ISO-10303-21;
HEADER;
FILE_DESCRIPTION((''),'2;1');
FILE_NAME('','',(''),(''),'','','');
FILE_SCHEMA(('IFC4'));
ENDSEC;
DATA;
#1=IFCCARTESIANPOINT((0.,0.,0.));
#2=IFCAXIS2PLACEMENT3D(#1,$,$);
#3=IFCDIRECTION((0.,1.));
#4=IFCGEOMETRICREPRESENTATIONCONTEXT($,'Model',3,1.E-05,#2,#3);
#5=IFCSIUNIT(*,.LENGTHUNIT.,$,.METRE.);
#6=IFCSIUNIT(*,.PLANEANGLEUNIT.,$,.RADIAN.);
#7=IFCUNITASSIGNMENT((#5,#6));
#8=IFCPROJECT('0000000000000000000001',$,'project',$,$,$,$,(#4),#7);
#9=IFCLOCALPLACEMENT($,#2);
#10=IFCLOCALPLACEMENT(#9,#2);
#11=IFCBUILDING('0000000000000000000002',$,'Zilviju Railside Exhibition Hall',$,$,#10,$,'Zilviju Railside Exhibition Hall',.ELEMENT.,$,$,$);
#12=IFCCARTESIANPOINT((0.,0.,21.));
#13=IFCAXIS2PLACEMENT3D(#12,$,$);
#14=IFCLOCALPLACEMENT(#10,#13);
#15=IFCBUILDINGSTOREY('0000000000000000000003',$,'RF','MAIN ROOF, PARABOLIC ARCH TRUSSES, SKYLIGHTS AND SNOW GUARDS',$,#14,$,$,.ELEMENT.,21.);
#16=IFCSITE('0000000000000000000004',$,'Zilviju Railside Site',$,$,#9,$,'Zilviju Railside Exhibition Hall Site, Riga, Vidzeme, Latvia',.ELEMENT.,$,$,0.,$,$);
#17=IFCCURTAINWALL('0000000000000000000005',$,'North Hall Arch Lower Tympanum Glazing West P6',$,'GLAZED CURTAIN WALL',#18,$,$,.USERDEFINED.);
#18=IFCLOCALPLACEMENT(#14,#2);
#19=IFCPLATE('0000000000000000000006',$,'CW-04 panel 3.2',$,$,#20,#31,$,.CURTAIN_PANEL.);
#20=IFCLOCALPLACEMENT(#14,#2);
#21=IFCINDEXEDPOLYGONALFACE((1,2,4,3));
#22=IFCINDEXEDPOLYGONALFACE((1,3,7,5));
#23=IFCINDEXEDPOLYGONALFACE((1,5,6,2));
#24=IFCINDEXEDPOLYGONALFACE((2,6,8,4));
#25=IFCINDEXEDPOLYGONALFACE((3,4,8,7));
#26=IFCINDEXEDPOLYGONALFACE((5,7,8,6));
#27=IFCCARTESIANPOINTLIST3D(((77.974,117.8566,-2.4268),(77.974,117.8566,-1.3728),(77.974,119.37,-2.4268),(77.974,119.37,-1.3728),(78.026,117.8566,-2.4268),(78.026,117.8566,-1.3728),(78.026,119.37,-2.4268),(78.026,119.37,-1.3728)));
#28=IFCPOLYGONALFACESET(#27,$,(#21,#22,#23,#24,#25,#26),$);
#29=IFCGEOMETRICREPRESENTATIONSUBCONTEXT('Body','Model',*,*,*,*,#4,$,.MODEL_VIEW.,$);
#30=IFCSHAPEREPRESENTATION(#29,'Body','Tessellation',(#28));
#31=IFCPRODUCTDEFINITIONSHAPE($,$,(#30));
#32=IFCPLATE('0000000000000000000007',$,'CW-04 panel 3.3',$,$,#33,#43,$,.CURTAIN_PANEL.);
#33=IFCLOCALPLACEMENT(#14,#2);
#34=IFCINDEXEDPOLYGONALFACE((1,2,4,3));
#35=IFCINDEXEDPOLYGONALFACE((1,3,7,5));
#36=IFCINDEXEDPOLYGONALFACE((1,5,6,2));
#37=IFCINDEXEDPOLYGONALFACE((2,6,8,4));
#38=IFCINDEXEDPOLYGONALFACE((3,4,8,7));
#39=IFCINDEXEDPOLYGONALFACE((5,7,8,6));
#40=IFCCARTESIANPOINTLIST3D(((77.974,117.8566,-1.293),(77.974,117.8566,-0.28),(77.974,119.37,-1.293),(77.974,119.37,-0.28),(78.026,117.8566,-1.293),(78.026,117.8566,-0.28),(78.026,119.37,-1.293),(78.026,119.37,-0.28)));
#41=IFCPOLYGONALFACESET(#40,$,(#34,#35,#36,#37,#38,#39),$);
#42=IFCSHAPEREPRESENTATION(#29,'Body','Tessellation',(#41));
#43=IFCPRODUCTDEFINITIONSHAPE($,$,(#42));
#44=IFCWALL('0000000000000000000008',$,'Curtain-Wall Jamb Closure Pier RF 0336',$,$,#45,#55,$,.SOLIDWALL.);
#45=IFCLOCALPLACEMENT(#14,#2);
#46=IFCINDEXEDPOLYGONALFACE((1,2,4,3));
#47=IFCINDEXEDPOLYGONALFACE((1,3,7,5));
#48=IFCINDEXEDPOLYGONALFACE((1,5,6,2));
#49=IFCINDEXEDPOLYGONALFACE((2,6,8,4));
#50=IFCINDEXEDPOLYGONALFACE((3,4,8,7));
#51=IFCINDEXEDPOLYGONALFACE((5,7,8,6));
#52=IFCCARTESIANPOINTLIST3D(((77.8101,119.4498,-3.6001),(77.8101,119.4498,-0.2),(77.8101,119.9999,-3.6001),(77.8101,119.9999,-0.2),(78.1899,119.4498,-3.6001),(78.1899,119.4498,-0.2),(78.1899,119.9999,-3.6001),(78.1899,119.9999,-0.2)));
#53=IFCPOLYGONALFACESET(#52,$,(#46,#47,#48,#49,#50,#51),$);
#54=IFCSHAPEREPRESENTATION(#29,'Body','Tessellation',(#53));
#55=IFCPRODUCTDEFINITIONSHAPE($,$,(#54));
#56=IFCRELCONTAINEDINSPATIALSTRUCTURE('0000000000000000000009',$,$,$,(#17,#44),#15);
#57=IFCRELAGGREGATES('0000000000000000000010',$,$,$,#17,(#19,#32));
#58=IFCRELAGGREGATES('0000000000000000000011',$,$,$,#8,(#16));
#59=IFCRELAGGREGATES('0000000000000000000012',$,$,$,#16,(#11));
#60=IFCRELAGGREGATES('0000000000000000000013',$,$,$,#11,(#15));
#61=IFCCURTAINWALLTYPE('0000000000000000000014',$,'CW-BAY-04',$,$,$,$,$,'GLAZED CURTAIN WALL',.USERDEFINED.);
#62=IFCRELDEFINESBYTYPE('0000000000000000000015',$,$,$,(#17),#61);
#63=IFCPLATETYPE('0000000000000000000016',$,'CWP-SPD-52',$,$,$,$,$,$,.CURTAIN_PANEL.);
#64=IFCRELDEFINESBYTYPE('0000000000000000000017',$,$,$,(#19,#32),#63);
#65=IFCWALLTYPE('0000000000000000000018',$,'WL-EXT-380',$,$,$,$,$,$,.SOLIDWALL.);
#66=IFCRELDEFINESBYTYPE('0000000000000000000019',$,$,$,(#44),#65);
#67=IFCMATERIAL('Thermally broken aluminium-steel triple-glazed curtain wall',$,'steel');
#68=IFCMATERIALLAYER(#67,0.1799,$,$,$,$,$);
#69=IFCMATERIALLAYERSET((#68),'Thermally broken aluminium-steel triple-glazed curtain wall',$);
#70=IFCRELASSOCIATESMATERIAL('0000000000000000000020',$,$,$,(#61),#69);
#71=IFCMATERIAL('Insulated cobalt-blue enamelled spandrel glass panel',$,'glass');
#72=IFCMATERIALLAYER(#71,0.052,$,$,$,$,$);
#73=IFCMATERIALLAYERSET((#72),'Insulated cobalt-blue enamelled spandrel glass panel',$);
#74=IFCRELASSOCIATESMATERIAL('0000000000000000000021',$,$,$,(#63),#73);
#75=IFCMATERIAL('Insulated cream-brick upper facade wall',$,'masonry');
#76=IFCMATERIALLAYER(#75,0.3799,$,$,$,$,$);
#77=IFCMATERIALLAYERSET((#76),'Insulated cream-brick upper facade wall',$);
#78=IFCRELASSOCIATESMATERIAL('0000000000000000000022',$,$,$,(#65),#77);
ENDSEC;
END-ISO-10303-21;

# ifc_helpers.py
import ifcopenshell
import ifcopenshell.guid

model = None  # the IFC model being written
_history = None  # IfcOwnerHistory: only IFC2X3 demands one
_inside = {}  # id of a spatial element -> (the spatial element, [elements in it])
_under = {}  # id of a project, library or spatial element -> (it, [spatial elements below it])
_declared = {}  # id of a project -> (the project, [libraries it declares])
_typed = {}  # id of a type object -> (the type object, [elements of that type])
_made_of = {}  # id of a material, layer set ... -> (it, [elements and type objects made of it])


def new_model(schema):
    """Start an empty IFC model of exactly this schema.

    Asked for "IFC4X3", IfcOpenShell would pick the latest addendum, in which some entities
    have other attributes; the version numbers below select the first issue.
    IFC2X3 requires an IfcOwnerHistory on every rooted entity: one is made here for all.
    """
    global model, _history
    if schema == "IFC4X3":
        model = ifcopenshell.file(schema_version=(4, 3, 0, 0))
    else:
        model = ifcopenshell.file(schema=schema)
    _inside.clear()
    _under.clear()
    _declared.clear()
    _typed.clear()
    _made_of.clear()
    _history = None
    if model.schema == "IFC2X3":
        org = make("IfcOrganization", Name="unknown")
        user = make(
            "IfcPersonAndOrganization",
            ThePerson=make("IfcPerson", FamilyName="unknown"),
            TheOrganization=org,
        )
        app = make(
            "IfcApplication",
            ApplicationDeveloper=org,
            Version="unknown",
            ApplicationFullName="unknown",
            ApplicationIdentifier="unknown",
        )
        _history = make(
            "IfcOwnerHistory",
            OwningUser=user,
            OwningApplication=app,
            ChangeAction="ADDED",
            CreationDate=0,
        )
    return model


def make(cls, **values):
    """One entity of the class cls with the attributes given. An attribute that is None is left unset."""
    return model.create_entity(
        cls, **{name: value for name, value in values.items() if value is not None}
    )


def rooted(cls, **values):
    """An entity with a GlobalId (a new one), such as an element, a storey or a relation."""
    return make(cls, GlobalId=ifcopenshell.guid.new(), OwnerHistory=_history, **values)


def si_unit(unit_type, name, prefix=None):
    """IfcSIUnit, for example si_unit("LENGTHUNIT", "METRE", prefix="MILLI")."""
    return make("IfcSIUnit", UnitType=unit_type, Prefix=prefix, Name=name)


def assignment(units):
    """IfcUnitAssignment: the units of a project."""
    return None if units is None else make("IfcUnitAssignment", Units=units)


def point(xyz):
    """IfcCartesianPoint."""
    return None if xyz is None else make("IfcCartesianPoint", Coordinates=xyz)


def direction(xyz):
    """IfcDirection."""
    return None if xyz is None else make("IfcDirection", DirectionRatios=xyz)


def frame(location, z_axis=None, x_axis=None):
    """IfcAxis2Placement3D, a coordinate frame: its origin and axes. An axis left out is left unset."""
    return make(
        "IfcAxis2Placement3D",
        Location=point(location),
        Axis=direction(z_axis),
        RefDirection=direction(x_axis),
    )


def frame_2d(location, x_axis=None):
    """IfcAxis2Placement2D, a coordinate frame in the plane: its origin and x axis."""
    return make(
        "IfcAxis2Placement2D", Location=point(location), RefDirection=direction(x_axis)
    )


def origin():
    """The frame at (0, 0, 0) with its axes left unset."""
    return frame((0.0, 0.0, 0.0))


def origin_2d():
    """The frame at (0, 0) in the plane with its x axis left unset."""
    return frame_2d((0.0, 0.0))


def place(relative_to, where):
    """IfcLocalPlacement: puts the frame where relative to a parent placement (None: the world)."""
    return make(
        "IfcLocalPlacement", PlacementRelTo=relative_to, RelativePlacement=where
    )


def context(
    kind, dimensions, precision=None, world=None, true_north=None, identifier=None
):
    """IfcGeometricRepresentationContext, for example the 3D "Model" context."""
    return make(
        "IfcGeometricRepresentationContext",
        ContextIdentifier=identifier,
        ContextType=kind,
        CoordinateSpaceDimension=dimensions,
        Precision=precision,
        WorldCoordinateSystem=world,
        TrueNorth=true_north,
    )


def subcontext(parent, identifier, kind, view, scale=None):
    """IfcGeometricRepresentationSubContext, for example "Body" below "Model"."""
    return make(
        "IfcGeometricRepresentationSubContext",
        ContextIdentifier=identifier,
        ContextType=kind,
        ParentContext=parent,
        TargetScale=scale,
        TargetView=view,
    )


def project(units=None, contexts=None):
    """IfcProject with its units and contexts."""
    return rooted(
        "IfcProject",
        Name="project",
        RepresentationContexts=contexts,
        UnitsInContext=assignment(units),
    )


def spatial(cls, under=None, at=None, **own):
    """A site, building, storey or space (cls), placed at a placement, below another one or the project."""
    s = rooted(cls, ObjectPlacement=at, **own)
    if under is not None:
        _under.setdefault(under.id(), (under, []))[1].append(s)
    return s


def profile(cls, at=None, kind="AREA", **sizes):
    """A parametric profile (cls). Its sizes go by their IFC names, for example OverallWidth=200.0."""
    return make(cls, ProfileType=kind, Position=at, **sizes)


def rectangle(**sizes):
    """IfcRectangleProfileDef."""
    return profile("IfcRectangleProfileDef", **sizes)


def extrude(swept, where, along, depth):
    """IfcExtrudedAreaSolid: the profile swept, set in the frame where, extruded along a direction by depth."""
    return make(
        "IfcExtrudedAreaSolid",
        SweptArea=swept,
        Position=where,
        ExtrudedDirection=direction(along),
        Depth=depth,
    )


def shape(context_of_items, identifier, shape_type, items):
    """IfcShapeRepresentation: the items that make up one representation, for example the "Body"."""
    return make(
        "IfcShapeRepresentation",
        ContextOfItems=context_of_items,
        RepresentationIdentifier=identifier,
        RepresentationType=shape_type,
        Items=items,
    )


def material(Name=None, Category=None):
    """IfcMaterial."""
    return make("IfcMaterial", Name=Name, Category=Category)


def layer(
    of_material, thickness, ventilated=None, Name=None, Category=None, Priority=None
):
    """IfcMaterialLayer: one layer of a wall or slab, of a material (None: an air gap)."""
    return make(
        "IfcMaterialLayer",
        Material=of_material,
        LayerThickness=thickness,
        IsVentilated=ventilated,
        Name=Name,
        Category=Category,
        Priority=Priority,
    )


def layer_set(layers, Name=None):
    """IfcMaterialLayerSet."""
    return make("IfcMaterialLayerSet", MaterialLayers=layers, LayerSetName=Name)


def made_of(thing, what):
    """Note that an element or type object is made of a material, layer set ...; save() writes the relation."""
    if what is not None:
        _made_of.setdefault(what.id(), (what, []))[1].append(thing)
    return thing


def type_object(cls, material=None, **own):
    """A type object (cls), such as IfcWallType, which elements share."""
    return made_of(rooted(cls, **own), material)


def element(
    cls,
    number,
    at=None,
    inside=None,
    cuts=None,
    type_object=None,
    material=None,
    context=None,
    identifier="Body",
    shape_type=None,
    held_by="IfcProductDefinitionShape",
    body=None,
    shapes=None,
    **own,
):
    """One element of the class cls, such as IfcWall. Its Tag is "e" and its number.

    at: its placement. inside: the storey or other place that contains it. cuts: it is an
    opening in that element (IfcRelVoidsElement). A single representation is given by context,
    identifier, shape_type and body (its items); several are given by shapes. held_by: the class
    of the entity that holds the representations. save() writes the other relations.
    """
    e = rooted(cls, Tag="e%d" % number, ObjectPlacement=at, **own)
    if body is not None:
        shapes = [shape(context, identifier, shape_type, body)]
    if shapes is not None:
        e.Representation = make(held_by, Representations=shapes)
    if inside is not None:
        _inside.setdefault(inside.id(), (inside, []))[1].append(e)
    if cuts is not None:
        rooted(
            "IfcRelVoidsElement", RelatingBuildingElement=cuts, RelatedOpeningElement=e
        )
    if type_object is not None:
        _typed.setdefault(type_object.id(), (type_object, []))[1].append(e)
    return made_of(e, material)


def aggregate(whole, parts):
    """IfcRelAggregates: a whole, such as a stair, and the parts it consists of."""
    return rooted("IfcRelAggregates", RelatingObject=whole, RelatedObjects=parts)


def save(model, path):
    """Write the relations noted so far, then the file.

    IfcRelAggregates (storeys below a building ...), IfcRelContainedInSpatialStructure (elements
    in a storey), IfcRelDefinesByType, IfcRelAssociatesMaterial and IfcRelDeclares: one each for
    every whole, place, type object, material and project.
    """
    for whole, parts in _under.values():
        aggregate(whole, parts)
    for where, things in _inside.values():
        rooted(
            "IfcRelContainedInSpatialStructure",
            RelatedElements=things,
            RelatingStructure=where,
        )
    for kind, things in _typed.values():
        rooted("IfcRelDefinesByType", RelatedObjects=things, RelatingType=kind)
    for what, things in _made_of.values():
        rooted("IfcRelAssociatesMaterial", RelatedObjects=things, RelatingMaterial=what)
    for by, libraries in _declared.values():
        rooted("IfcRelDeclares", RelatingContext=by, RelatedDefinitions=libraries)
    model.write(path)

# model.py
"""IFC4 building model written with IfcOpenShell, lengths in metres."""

from ifc_helpers import new_model, si_unit, direction, frame, frame_2d, origin, origin_2d, place, context, subcontext, project, spatial, rectangle, extrude, material, layer, layer_set, type_object, element, aggregate, save


model = new_model("IFC4")

# Units and contexts
model_context = context("Model", 3, precision=1e-05, world=origin(), true_north=direction((0.0, 1.0)))
body_context = subcontext(model_context, "Body", "Model", "MODEL_VIEW")
ifc_project = project(units=[si_unit("LENGTHUNIT", "METRE"), si_unit("PLANEANGLEUNIT", "RADIAN")], contexts=[model_context])

# Site, building, storey
site_placement = place(None, origin())
site = spatial("IfcSite", under=ifc_project, at=site_placement, Name="Zilviju Railside Site", LongName="Zilviju Railside Exhibition Hall Site, Riga, Vidzeme, Latvia", CompositionType="ELEMENT", RefElevation=0.0)
building_placement = place(site_placement, origin())
building = spatial("IfcBuilding", under=site, at=building_placement, Name="Zilviju Railside Exhibition Hall", LongName="Zilviju Railside Exhibition Hall", CompositionType="ELEMENT")
storey_placement = place(building_placement, frame((0.0, 0.0, 21.0)))
storey = spatial("IfcBuildingStorey", under=building, at=storey_placement, Name="RF", Description="MAIN ROOF, PARABOLIC ARCH TRUSSES, SKYLIGHTS AND SNOW GUARDS", CompositionType="ELEMENT", Elevation=21.0)

# Curtain wall
ifc_material_1 = material(Name="Thermally broken aluminium-steel triple-glazed curtain wall", Category="steel")
ifc_layer_1 = layer(ifc_material_1, 0.1799)
ifc_layer_set_1 = layer_set([ifc_layer_1], Name="Thermally broken aluminium-steel triple-glazed curtain wall")
curtain_wall_type = type_object("IfcCurtainWallType", Name="CW-BAY-04", ElementType="GLAZED CURTAIN WALL", PredefinedType="USERDEFINED", material=ifc_layer_set_1)
curtain_wall_placement = place(storey_placement, origin())
curtain_wall = element("IfcCurtainWall", 1, at=curtain_wall_placement, inside=storey, type_object=curtain_wall_type, Name="North Hall Arch Lower Tympanum Glazing West P6", ObjectType="GLAZED CURTAIN WALL", PredefinedType="USERDEFINED")

# Plates
ifc_material_2 = material(Name="Insulated cobalt-blue enamelled spandrel glass panel", Category="glass")
ifc_layer_2 = layer(ifc_material_2, 0.052)
ifc_layer_set_2 = layer_set([ifc_layer_2], Name="Insulated cobalt-blue enamelled spandrel glass panel")
plate_type = type_object("IfcPlateType", Name="CWP-SPD-52", PredefinedType="CURTAIN_PANEL", material=ifc_layer_set_2)
plate_1_placement = place(storey_placement, frame((78.0, 118.6133, -2.4268), z_axis=(0.0, 0.0, 1.0), x_axis=(0.0, 1.0, 0.0)))
plate_1 = element("IfcPlate", 2, at=plate_1_placement, type_object=plate_type, Name="CW-04 panel 3.2", PredefinedType="CURTAIN_PANEL", context=body_context, shape_type="SweptSolid", body=[
    extrude(rectangle(XDim=1.5134, YDim=0.052, at=origin_2d()), origin(), (0.0, 0.0, 1.0), 1.054),
])
plate_2_placement = place(storey_placement, frame((78.0, 118.6133, -1.293), z_axis=(0.0, 0.0, 1.0), x_axis=(0.0, 1.0, 0.0)))
plate_2 = element("IfcPlate", 3, at=plate_2_placement, type_object=plate_type, Name="CW-04 panel 3.3", PredefinedType="CURTAIN_PANEL", context=body_context, shape_type="SweptSolid", body=[
    extrude(rectangle(XDim=1.5134, YDim=0.052, at=origin_2d()), origin(), (0.0, 0.0, 1.0), 1.0129),
])
aggregate(curtain_wall, [plate_1, plate_2])

# Wall
ifc_material_3 = material(Name="Insulated cream-brick upper facade wall", Category="masonry")
ifc_layer_3 = layer(ifc_material_3, 0.3799)
ifc_layer_set_3 = layer_set([ifc_layer_3], Name="Insulated cream-brick upper facade wall")
wall_type = type_object("IfcWallType", Name="WL-EXT-380", PredefinedType="SOLIDWALL", material=ifc_layer_set_3)
wall_placement = place(storey_placement, frame((78.0, 119.45, -3.6001), z_axis=(0.0, 0.0, 1.0), x_axis=(0.0, 1.0, 0.0)))
element("IfcWall", 4, at=wall_placement, inside=storey, type_object=wall_type, Name="Curtain-Wall Jamb Closure Pier RF 0336", PredefinedType="SOLIDWALL", context=body_context, shape_type="SweptSolid", body=[
    extrude(rectangle(XDim=0.55, YDim=0.3799, at=frame_2d((0.2749, 0.0))), origin(), (0.0, 0.0, 1.0), 3.4001),
])

save(model, "model.ifc")
